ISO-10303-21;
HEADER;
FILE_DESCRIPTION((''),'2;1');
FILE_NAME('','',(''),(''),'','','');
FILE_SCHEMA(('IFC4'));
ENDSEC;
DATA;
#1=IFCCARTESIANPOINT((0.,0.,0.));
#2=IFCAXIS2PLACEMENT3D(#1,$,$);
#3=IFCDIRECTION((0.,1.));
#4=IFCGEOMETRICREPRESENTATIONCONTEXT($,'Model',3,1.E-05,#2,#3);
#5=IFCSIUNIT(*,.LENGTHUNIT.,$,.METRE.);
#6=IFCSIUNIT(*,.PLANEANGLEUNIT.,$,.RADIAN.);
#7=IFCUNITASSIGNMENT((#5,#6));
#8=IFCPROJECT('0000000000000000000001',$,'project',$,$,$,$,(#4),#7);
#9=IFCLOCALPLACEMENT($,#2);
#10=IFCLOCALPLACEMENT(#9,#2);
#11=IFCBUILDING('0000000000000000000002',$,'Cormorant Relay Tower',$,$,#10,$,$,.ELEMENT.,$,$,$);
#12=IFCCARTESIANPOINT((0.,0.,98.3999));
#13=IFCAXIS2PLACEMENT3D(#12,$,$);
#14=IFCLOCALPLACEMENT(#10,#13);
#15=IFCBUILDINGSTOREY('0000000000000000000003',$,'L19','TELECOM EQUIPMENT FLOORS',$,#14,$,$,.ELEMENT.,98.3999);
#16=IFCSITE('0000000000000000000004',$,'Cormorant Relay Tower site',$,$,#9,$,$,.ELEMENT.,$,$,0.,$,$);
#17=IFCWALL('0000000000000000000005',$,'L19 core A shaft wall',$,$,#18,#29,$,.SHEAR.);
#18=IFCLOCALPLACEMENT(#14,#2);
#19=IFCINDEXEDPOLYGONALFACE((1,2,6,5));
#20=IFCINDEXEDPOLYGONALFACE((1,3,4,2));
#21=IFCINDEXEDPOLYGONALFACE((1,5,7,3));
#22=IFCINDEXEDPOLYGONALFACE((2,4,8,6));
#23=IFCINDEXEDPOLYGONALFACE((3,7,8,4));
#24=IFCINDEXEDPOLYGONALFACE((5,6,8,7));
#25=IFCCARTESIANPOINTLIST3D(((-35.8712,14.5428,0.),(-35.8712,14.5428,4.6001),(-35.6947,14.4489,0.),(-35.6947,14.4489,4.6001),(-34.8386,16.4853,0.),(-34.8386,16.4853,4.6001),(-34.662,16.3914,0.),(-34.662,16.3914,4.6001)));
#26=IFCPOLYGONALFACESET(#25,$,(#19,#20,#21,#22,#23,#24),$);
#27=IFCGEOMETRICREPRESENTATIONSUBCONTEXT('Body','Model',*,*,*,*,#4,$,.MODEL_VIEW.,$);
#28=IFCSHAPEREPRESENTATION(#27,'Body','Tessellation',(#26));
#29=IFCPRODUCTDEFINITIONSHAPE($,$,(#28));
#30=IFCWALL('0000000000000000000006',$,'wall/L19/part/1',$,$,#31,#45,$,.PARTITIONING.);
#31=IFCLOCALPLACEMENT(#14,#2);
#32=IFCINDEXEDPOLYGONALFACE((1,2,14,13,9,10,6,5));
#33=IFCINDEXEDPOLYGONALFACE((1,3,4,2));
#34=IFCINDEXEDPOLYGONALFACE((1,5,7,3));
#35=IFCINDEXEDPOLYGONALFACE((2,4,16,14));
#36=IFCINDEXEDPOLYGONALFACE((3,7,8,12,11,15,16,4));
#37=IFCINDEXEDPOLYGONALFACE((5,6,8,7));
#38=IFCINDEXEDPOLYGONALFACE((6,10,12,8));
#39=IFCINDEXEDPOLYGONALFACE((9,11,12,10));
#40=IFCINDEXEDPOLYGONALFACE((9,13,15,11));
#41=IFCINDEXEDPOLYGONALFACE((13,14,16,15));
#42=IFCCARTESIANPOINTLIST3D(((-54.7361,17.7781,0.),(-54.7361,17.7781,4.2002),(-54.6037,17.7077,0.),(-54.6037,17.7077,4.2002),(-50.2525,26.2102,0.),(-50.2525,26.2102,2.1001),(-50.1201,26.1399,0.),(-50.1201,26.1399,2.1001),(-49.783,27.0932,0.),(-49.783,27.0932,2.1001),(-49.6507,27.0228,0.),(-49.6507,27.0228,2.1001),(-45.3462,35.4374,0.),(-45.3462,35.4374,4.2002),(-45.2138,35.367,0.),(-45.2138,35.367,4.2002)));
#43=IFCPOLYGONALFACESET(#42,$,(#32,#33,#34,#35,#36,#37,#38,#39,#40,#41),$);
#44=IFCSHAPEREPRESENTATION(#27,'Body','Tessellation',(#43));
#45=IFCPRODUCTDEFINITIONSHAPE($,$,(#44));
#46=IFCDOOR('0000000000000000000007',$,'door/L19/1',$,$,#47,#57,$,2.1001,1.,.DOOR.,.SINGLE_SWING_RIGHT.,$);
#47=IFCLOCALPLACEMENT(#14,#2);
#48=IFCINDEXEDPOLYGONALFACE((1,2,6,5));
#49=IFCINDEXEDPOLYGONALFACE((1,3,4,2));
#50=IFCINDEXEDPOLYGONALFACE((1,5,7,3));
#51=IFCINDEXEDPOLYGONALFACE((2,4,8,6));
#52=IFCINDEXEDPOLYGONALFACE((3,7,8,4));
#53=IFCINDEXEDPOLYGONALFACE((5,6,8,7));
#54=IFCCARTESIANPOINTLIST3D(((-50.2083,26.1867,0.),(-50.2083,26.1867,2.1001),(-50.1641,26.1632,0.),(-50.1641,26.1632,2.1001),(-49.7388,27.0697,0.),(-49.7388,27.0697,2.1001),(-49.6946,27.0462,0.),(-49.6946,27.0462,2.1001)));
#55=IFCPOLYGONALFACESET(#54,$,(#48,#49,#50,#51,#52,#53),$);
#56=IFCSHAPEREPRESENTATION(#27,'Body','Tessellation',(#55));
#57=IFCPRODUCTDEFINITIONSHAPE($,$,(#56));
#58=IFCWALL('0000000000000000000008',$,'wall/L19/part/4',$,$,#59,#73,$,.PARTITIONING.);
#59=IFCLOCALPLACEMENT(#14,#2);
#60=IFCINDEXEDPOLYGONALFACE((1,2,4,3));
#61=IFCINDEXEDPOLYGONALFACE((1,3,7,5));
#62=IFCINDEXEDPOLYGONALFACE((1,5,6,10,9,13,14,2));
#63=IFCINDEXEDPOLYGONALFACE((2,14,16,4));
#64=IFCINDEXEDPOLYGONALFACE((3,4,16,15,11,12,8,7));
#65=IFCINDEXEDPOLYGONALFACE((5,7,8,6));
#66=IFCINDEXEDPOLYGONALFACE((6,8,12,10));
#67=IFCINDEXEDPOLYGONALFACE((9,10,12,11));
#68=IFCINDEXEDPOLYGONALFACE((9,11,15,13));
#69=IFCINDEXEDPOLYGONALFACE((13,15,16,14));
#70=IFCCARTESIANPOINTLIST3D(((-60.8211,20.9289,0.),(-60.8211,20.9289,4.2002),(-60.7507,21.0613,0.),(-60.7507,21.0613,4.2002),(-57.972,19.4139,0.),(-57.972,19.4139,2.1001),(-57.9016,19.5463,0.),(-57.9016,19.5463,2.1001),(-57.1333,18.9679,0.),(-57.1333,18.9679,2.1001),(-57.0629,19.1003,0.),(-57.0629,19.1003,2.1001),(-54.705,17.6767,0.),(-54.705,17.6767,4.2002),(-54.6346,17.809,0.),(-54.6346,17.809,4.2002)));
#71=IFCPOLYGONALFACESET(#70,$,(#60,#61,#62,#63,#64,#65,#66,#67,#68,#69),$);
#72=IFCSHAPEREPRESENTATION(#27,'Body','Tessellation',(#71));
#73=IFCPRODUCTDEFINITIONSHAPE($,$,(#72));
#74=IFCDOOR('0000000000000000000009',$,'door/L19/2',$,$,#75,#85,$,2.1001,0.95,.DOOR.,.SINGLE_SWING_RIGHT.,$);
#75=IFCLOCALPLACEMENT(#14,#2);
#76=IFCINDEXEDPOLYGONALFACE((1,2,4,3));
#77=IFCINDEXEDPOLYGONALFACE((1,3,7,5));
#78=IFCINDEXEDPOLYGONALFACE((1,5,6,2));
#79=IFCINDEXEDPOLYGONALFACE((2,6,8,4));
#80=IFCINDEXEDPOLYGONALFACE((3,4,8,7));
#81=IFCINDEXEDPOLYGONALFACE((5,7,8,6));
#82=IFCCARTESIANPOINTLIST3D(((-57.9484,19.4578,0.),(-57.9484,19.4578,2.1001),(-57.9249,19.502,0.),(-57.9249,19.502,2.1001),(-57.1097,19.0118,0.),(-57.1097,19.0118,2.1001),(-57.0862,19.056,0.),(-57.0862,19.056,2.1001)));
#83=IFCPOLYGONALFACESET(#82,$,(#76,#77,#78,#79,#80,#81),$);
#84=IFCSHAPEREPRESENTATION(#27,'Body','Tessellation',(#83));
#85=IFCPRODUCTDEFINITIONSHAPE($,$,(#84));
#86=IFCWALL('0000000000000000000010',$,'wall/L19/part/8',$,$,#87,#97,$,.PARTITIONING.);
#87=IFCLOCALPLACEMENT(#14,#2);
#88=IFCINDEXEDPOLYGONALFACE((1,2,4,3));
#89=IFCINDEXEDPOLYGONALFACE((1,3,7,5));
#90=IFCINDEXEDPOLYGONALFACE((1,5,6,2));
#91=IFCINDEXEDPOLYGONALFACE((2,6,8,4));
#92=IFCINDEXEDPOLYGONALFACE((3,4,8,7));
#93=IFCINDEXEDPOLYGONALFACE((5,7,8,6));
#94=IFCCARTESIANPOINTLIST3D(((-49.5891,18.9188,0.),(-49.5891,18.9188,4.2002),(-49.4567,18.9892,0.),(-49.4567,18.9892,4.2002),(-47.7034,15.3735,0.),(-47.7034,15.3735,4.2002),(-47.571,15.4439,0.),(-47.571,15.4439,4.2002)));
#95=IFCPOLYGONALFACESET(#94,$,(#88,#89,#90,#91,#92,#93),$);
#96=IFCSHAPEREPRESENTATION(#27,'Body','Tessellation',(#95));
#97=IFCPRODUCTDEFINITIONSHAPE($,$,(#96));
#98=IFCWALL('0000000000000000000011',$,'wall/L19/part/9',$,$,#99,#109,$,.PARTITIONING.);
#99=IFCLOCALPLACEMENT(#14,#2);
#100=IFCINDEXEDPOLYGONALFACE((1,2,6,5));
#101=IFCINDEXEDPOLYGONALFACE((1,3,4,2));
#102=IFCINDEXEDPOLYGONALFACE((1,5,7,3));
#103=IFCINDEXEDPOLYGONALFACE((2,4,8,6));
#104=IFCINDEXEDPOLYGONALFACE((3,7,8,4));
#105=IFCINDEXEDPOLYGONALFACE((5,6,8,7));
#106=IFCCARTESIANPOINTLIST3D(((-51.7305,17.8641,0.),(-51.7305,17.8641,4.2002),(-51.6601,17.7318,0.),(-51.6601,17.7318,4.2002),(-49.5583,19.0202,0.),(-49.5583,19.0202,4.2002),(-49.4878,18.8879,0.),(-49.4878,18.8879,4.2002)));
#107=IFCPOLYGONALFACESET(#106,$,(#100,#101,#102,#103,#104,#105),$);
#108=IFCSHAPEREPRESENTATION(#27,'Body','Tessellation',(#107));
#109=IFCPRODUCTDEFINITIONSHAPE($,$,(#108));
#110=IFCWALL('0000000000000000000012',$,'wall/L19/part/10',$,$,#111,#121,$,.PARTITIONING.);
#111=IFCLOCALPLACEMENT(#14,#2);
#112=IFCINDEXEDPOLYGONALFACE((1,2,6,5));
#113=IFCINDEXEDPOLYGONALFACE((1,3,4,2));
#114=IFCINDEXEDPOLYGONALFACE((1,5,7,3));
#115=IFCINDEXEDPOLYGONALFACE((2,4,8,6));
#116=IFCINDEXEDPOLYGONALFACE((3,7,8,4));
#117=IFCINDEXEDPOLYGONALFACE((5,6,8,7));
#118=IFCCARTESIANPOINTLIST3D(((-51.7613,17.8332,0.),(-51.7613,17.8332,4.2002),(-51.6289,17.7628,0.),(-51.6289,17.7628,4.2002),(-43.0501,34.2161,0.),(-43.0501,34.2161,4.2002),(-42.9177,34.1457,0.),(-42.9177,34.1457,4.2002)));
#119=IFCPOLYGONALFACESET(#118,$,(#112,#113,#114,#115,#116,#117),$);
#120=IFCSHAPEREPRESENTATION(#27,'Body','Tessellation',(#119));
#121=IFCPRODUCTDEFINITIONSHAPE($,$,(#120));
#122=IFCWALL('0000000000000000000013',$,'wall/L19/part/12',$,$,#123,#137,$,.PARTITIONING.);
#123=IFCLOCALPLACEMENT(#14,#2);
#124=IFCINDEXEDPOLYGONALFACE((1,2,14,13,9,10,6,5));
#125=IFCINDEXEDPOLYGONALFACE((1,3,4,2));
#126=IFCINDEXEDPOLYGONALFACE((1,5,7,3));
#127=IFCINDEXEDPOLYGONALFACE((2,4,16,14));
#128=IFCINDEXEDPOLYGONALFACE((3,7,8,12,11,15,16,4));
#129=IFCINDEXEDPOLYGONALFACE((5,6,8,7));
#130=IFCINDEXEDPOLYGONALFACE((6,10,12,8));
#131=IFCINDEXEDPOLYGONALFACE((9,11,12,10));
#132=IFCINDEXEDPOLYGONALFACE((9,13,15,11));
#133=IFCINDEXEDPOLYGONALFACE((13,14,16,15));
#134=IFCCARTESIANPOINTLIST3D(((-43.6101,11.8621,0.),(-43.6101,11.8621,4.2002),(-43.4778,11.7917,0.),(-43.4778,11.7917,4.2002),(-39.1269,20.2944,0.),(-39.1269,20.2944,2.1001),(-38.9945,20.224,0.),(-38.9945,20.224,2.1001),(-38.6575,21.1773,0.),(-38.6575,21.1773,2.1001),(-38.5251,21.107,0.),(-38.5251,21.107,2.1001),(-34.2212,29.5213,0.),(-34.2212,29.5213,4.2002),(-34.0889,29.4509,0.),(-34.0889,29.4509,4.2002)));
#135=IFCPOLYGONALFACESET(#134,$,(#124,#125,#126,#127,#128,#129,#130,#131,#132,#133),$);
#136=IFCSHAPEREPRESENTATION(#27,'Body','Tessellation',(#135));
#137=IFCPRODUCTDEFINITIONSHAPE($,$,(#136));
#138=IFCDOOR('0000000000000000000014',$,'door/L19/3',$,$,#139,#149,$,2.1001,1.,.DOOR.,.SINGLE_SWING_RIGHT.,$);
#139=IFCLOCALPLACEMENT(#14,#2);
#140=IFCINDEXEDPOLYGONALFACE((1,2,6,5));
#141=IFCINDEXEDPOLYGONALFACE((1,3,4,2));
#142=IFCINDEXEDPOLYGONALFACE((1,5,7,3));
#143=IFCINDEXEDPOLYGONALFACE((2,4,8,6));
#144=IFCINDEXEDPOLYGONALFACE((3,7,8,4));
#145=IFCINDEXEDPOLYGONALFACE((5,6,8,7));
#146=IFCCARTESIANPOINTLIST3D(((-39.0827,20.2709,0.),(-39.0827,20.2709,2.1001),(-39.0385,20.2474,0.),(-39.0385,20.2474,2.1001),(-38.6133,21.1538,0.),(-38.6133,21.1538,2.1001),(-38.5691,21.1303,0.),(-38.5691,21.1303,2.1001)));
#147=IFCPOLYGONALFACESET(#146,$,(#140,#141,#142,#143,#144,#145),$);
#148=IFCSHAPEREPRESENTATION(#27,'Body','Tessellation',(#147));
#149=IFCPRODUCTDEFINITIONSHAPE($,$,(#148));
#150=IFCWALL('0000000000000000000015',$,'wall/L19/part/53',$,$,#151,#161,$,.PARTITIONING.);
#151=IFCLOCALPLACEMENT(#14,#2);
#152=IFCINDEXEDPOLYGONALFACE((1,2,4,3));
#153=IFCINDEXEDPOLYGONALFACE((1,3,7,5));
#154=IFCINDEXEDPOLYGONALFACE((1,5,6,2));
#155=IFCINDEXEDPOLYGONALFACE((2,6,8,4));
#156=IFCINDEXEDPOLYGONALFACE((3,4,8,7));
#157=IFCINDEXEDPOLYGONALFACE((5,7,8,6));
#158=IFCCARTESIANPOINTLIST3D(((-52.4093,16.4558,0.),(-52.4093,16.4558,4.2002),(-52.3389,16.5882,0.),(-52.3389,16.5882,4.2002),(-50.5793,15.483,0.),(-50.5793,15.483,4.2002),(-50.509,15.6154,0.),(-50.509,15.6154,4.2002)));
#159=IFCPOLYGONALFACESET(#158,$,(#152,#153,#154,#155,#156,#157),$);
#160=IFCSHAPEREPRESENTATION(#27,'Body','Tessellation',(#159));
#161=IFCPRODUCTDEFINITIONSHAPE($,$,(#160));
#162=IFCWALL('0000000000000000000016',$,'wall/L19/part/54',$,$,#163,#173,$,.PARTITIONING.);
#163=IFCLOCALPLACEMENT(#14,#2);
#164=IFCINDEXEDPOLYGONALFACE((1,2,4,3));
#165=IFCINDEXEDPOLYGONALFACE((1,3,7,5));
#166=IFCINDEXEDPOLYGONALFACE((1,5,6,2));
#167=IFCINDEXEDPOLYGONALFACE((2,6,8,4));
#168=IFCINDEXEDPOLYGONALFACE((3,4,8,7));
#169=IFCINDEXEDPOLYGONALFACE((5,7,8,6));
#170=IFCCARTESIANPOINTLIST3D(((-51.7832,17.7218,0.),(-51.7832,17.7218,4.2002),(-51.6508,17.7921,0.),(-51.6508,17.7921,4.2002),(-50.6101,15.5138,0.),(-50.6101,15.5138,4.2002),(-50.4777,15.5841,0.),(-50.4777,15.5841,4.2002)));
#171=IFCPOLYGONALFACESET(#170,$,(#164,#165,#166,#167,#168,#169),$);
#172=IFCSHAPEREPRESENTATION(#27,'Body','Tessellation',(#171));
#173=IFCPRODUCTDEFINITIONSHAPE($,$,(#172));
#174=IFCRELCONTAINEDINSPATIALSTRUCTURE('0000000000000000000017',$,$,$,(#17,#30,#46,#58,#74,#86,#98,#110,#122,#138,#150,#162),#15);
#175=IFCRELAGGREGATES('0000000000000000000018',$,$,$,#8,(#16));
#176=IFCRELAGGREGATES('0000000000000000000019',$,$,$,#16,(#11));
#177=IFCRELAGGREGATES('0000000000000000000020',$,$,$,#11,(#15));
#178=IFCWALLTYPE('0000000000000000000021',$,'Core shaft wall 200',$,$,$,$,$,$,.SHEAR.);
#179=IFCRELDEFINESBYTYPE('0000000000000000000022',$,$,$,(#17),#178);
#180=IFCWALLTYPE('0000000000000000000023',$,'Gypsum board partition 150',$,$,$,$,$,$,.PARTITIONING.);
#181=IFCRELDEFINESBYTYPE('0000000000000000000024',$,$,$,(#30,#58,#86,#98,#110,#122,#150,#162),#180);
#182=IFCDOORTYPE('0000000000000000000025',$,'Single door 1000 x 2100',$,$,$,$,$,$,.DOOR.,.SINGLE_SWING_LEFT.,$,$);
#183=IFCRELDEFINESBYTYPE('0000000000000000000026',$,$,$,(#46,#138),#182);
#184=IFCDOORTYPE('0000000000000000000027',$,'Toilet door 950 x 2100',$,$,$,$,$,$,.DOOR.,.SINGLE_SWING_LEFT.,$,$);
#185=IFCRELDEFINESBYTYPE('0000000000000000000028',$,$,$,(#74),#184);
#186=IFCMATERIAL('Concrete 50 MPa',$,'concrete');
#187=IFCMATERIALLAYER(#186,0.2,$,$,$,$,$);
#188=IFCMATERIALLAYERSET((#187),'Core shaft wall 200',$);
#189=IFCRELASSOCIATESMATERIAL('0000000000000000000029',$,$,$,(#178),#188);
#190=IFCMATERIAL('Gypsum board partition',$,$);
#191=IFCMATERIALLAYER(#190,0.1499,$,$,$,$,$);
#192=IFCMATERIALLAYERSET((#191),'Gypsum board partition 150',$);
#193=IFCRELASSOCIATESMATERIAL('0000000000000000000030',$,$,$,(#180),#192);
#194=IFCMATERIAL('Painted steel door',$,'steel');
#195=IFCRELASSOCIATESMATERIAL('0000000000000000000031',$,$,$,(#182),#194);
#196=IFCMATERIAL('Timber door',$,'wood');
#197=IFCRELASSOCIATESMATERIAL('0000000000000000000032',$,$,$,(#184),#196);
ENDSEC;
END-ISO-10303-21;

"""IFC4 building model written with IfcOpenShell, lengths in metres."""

from ifc_helpers import new_model, si_unit, direction, frame, frame_2d, origin, place, context, subcontext, project, spatial, rectangle, extrude, material, layer, layer_set, type_object, element, fill, save


model = new_model("IFC4")

# Units and contexts
model_context = context("Model", 3, precision=1e-05, world=origin(), true_north=direction((0.0, 1.0)))
body_context = subcontext(model_context, "Body", "Model", "MODEL_VIEW")
ifc_project = project(units=[si_unit("LENGTHUNIT", "METRE"), si_unit("PLANEANGLEUNIT", "RADIAN")], contexts=[model_context])

# Site, building, storey
site_placement = place(None, origin())
site = spatial("IfcSite", under=ifc_project, at=site_placement, Name="Cormorant Relay Tower site", CompositionType="ELEMENT", RefElevation=0.0)
building_placement = place(site_placement, origin())
building = spatial("IfcBuilding", under=site, at=building_placement, Name="Cormorant Relay Tower", CompositionType="ELEMENT")
storey_placement = place(building_placement, frame((0.0, 0.0, 98.3999)))
storey = spatial("IfcBuildingStorey", under=building, at=storey_placement, Name="L19", Description="TELECOM EQUIPMENT FLOORS", CompositionType="ELEMENT", Elevation=98.3999)

# Wall
ifc_material_1 = material(Name="Concrete 50 MPa", Category="concrete")
ifc_layer_1 = layer(ifc_material_1, 0.2)
ifc_layer_set_1 = layer_set([ifc_layer_1], Name="Core shaft wall 200")
wall_type_1 = type_object("IfcWallType", Name="Core shaft wall 200", PredefinedType="SHEAR", material=ifc_layer_set_1)
wall_1_placement = place(storey_placement, frame((-34.7502, 16.4385, 0.0), z_axis=(0.0, 0.0, 1.0), x_axis=(-0.469401, -0.882985, 0.0)))
element("IfcWall", 1, at=wall_1_placement, inside=storey, type_object=wall_type_1, Name="L19 core A shaft wall", PredefinedType="SHEAR", context=body_context, shape_type="SweptSolid", body=[
    extrude(rectangle(XDim=2.2, YDim=0.2, at=frame_2d((1.1001, 0.0))), origin(), (0.0, 0.0, 1.0), 4.6001),
])

# Walls, openings, doors
ifc_material_2 = material(Name="Gypsum board partition")
ifc_layer_2 = layer(ifc_material_2, 0.1499)
ifc_layer_set_2 = layer_set([ifc_layer_2], Name="Gypsum board partition 150")
wall_type_2 = type_object("IfcWallType", Name="Gypsum board partition 150", PredefinedType="PARTITIONING", material=ifc_layer_set_2)
wall_2_placement = place(storey_placement, frame((-54.6699, 17.7429, 0.0), z_axis=(0.0, 0.0, 1.0), x_axis=(0.469485, 0.882941, 0.0)))
wall_2 = element("IfcWall", 2, at=wall_2_placement, inside=storey, type_object=wall_type_2, Name="wall/L19/part/1", PredefinedType="PARTITIONING", context=body_context, shape_type="SweptSolid", body=[
    extrude(rectangle(XDim=20.0005, YDim=0.1499, at=frame_2d((10.0002, 0.0))), origin(), (0.0, 0.0, 1.0), 4.2002),
])
opening_1_placement = place(wall_2_placement, frame((9.55, 0.0, 0.0)))
opening_1 = element("IfcOpeningElement", 3, at=opening_1_placement, cuts=wall_2, PredefinedType="OPENING", context=body_context, shape_type="SweptSolid", body=[
    extrude(rectangle(XDim=1.0, YDim=2.1001, at=frame_2d((0.5, 1.05))), frame((0.0, 0.085, 0.0), z_axis=(0.0, -1.0, 0.0), x_axis=(1.0, 0.0, 0.0)), (0.0, 0.0, 1.0), 0.1699),
])
ifc_material_3 = material(Name="Painted steel door", Category="steel")
door_type_1 = type_object("IfcDoorType", Name="Single door 1000 x 2100", OperationType="SINGLE_SWING_LEFT", PredefinedType="DOOR", material=ifc_material_3)
door_1_placement = place(opening_1_placement, origin())
door_1 = element("IfcDoor", 4, at=door_1_placement, inside=storey, type_object=door_type_1, Name="door/L19/1", OperationType="SINGLE_SWING_RIGHT", OverallHeight=2.1001, OverallWidth=1.0, PredefinedType="DOOR", context=body_context, shape_type="SweptSolid", body=[
    extrude(rectangle(XDim=1.0, YDim=2.1001, at=frame_2d((0.5, 1.05))), frame((0.0, 0.0249, 0.0), z_axis=(0.0, -1.0, 0.0), x_axis=(1.0, 0.0, 0.0)), (0.0, 0.0, 1.0), 0.05),
])
fill(opening_1, door_1)
wall_3_placement = place(storey_placement, frame((-54.6699, 17.7429, 0.0), z_axis=(0.0, 0.0, 1.0), x_axis=(-0.882931, 0.469503, 0.0)))
wall_3 = element("IfcWall", 5, at=wall_3_placement, inside=storey, type_object=wall_type_2, Name="wall/L19/part/4", PredefinedType="PARTITIONING", context=body_context, shape_type="SweptSolid", body=[
    extrude(rectangle(XDim=6.927, YDim=0.1499, at=frame_2d((3.4634, 0.0))), origin(), (0.0, 0.0, 1.0), 4.2002),
])
opening_2_placement = place(wall_3_placement, frame((2.75, 0.0, 0.0)))
opening_2 = element("IfcOpeningElement", 6, at=opening_2_placement, cuts=wall_3, PredefinedType="OPENING", context=body_context, shape_type="SweptSolid", body=[
    extrude(rectangle(XDim=0.95, YDim=2.1001, at=frame_2d((0.4751, 1.05))), frame((0.0, 0.085, 0.0), z_axis=(0.0, -1.0, 0.0), x_axis=(1.0, 0.0, 0.0)), (0.0, 0.0, 1.0), 0.1699),
])
ifc_material_4 = material(Name="Timber door", Category="wood")
door_type_2 = type_object("IfcDoorType", Name="Toilet door 950 x 2100", OperationType="SINGLE_SWING_LEFT", PredefinedType="DOOR", material=ifc_material_4)
door_2_placement = place(opening_2_placement, frame((0.95, 0.0, 0.0), z_axis=(0.0, 0.0, 1.0), x_axis=(-1.0, 0.0, 0.0)))
door_2 = element("IfcDoor", 7, at=door_2_placement, inside=storey, type_object=door_type_2, Name="door/L19/2", OperationType="SINGLE_SWING_RIGHT", OverallHeight=2.1001, OverallWidth=0.95, PredefinedType="DOOR", context=body_context, shape_type="SweptSolid", body=[
    extrude(rectangle(XDim=0.95, YDim=2.1001, at=frame_2d((0.4751, 1.05))), frame((0.0, 0.0249, 0.0), z_axis=(0.0, -1.0, 0.0), x_axis=(1.0, 0.0, 0.0)), (0.0, 0.0, 1.0), 0.05),
])
fill(opening_2, door_2)

# Walls
wall_4_placement = place(storey_placement, frame((-47.6372, 15.4087, 0.0), z_axis=(0.0, 0.0, 1.0), x_axis=(-0.469591, 0.882884, 0.0)))
element("IfcWall", 8, at=wall_4_placement, inside=storey, type_object=wall_type_2, Name="wall/L19/part/8", PredefinedType="PARTITIONING", context=body_context, shape_type="SweptSolid", body=[
    extrude(rectangle(XDim=4.0156, YDim=0.1499, at=frame_2d((2.0078, 0.0))), origin(), (0.0, 0.0, 1.0), 4.2002),
])
wall_5_placement = place(storey_placement, frame((-49.5229, 18.9541, 0.0), z_axis=(0.0, 0.0, 1.0), x_axis=(-0.882767, -0.46981, 0.0)))
element("IfcWall", 9, at=wall_5_placement, inside=storey, type_object=wall_type_2, Name="wall/L19/part/9", PredefinedType="PARTITIONING", context=body_context, shape_type="SweptSolid", body=[
    extrude(rectangle(XDim=2.4607, YDim=0.1499, at=frame_2d((1.2305, 0.0))), origin(), (0.0, 0.0, 1.0), 4.2002),
])
wall_6_placement = place(storey_placement, frame((-51.6951, 17.7981, 0.0), z_axis=(0.0, 0.0, 1.0), x_axis=(0.469484, 0.882941, 0.0)))
element("IfcWall", 10, at=wall_6_placement, inside=storey, type_object=wall_type_2, Name="wall/L19/part/10", PredefinedType="PARTITIONING", context=body_context, shape_type="SweptSolid", body=[
    extrude(rectangle(XDim=18.5549, YDim=0.1499, at=frame_2d((9.2773, 0.0))), origin(), (0.0, 0.0, 1.0), 4.2002),
])

# Wall, opening, door
wall_7_placement = place(storey_placement, frame((-34.155, 29.4861, 0.0), z_axis=(0.0, 0.0, 1.0), x_axis=(-0.469447, -0.882961, 0.0)))
wall_7 = element("IfcWall", 11, at=wall_7_placement, inside=storey, type_object=wall_type_2, Name="wall/L19/part/12", PredefinedType="PARTITIONING", context=body_context, shape_type="SweptSolid", body=[
    extrude(rectangle(XDim=20.0, YDim=0.1499, at=frame_2d((10.0, 0.0))), origin(), (0.0, 0.0, 1.0), 4.2002),
])
opening_3_placement = place(wall_7_placement, frame((9.45, 0.0, 0.0)))
opening_3 = element("IfcOpeningElement", 12, at=opening_3_placement, cuts=wall_7, PredefinedType="OPENING", context=body_context, shape_type="SweptSolid", body=[
    extrude(rectangle(XDim=1.0, YDim=2.1001, at=frame_2d((0.5, 1.05))), frame((0.0, 0.085, 0.0), z_axis=(0.0, -1.0, 0.0), x_axis=(1.0, 0.0, 0.0)), (0.0, 0.0, 1.0), 0.1699),
])
door_3_placement = place(opening_3_placement, frame((1.0, 0.0, 0.0), z_axis=(0.0, 0.0, 1.0), x_axis=(-1.0, 0.0, 0.0)))
door_3 = element("IfcDoor", 13, at=door_3_placement, inside=storey, type_object=door_type_1, Name="door/L19/3", OperationType="SINGLE_SWING_RIGHT", OverallHeight=2.1001, OverallWidth=1.0, PredefinedType="DOOR", context=body_context, shape_type="SweptSolid", body=[
    extrude(rectangle(XDim=1.0, YDim=2.1001, at=frame_2d((0.5, 1.05))), frame((0.0, 0.0249, 0.0), z_axis=(0.0, -1.0, 0.0), x_axis=(1.0, 0.0, 0.0)), (0.0, 0.0, 1.0), 0.05),
])
fill(opening_3, door_3)

# Walls
wall_8_placement = place(storey_placement, frame((-52.374, 16.522, 0.0), z_axis=(0.0, 0.0, 1.0), x_axis=(0.882981, -0.469408, 0.0)))
element("IfcWall", 14, at=wall_8_placement, inside=storey, type_object=wall_type_2, Name="wall/L19/part/53", PredefinedType="PARTITIONING", context=body_context, shape_type="SweptSolid", body=[
    extrude(rectangle(XDim=2.0725, YDim=0.1499, at=frame_2d((1.0361, 0.0))), origin(), (0.0, 0.0, 1.0), 4.2002),
])
wall_9_placement = place(storey_placement, frame((-50.5439, 15.5491, 0.0), z_axis=(0.0, 0.0, 1.0), x_axis=(-0.469184, 0.883101, 0.0)))
element("IfcWall", 15, at=wall_9_placement, inside=storey, type_object=wall_type_2, Name="wall/L19/part/54", PredefinedType="PARTITIONING", context=body_context, shape_type="SweptSolid", body=[
    extrude(rectangle(XDim=2.5002, YDim=0.1499, at=frame_2d((1.25, 0.0))), origin(), (0.0, 0.0, 1.0), 4.2002),
])

save(model, "model.ifc")
